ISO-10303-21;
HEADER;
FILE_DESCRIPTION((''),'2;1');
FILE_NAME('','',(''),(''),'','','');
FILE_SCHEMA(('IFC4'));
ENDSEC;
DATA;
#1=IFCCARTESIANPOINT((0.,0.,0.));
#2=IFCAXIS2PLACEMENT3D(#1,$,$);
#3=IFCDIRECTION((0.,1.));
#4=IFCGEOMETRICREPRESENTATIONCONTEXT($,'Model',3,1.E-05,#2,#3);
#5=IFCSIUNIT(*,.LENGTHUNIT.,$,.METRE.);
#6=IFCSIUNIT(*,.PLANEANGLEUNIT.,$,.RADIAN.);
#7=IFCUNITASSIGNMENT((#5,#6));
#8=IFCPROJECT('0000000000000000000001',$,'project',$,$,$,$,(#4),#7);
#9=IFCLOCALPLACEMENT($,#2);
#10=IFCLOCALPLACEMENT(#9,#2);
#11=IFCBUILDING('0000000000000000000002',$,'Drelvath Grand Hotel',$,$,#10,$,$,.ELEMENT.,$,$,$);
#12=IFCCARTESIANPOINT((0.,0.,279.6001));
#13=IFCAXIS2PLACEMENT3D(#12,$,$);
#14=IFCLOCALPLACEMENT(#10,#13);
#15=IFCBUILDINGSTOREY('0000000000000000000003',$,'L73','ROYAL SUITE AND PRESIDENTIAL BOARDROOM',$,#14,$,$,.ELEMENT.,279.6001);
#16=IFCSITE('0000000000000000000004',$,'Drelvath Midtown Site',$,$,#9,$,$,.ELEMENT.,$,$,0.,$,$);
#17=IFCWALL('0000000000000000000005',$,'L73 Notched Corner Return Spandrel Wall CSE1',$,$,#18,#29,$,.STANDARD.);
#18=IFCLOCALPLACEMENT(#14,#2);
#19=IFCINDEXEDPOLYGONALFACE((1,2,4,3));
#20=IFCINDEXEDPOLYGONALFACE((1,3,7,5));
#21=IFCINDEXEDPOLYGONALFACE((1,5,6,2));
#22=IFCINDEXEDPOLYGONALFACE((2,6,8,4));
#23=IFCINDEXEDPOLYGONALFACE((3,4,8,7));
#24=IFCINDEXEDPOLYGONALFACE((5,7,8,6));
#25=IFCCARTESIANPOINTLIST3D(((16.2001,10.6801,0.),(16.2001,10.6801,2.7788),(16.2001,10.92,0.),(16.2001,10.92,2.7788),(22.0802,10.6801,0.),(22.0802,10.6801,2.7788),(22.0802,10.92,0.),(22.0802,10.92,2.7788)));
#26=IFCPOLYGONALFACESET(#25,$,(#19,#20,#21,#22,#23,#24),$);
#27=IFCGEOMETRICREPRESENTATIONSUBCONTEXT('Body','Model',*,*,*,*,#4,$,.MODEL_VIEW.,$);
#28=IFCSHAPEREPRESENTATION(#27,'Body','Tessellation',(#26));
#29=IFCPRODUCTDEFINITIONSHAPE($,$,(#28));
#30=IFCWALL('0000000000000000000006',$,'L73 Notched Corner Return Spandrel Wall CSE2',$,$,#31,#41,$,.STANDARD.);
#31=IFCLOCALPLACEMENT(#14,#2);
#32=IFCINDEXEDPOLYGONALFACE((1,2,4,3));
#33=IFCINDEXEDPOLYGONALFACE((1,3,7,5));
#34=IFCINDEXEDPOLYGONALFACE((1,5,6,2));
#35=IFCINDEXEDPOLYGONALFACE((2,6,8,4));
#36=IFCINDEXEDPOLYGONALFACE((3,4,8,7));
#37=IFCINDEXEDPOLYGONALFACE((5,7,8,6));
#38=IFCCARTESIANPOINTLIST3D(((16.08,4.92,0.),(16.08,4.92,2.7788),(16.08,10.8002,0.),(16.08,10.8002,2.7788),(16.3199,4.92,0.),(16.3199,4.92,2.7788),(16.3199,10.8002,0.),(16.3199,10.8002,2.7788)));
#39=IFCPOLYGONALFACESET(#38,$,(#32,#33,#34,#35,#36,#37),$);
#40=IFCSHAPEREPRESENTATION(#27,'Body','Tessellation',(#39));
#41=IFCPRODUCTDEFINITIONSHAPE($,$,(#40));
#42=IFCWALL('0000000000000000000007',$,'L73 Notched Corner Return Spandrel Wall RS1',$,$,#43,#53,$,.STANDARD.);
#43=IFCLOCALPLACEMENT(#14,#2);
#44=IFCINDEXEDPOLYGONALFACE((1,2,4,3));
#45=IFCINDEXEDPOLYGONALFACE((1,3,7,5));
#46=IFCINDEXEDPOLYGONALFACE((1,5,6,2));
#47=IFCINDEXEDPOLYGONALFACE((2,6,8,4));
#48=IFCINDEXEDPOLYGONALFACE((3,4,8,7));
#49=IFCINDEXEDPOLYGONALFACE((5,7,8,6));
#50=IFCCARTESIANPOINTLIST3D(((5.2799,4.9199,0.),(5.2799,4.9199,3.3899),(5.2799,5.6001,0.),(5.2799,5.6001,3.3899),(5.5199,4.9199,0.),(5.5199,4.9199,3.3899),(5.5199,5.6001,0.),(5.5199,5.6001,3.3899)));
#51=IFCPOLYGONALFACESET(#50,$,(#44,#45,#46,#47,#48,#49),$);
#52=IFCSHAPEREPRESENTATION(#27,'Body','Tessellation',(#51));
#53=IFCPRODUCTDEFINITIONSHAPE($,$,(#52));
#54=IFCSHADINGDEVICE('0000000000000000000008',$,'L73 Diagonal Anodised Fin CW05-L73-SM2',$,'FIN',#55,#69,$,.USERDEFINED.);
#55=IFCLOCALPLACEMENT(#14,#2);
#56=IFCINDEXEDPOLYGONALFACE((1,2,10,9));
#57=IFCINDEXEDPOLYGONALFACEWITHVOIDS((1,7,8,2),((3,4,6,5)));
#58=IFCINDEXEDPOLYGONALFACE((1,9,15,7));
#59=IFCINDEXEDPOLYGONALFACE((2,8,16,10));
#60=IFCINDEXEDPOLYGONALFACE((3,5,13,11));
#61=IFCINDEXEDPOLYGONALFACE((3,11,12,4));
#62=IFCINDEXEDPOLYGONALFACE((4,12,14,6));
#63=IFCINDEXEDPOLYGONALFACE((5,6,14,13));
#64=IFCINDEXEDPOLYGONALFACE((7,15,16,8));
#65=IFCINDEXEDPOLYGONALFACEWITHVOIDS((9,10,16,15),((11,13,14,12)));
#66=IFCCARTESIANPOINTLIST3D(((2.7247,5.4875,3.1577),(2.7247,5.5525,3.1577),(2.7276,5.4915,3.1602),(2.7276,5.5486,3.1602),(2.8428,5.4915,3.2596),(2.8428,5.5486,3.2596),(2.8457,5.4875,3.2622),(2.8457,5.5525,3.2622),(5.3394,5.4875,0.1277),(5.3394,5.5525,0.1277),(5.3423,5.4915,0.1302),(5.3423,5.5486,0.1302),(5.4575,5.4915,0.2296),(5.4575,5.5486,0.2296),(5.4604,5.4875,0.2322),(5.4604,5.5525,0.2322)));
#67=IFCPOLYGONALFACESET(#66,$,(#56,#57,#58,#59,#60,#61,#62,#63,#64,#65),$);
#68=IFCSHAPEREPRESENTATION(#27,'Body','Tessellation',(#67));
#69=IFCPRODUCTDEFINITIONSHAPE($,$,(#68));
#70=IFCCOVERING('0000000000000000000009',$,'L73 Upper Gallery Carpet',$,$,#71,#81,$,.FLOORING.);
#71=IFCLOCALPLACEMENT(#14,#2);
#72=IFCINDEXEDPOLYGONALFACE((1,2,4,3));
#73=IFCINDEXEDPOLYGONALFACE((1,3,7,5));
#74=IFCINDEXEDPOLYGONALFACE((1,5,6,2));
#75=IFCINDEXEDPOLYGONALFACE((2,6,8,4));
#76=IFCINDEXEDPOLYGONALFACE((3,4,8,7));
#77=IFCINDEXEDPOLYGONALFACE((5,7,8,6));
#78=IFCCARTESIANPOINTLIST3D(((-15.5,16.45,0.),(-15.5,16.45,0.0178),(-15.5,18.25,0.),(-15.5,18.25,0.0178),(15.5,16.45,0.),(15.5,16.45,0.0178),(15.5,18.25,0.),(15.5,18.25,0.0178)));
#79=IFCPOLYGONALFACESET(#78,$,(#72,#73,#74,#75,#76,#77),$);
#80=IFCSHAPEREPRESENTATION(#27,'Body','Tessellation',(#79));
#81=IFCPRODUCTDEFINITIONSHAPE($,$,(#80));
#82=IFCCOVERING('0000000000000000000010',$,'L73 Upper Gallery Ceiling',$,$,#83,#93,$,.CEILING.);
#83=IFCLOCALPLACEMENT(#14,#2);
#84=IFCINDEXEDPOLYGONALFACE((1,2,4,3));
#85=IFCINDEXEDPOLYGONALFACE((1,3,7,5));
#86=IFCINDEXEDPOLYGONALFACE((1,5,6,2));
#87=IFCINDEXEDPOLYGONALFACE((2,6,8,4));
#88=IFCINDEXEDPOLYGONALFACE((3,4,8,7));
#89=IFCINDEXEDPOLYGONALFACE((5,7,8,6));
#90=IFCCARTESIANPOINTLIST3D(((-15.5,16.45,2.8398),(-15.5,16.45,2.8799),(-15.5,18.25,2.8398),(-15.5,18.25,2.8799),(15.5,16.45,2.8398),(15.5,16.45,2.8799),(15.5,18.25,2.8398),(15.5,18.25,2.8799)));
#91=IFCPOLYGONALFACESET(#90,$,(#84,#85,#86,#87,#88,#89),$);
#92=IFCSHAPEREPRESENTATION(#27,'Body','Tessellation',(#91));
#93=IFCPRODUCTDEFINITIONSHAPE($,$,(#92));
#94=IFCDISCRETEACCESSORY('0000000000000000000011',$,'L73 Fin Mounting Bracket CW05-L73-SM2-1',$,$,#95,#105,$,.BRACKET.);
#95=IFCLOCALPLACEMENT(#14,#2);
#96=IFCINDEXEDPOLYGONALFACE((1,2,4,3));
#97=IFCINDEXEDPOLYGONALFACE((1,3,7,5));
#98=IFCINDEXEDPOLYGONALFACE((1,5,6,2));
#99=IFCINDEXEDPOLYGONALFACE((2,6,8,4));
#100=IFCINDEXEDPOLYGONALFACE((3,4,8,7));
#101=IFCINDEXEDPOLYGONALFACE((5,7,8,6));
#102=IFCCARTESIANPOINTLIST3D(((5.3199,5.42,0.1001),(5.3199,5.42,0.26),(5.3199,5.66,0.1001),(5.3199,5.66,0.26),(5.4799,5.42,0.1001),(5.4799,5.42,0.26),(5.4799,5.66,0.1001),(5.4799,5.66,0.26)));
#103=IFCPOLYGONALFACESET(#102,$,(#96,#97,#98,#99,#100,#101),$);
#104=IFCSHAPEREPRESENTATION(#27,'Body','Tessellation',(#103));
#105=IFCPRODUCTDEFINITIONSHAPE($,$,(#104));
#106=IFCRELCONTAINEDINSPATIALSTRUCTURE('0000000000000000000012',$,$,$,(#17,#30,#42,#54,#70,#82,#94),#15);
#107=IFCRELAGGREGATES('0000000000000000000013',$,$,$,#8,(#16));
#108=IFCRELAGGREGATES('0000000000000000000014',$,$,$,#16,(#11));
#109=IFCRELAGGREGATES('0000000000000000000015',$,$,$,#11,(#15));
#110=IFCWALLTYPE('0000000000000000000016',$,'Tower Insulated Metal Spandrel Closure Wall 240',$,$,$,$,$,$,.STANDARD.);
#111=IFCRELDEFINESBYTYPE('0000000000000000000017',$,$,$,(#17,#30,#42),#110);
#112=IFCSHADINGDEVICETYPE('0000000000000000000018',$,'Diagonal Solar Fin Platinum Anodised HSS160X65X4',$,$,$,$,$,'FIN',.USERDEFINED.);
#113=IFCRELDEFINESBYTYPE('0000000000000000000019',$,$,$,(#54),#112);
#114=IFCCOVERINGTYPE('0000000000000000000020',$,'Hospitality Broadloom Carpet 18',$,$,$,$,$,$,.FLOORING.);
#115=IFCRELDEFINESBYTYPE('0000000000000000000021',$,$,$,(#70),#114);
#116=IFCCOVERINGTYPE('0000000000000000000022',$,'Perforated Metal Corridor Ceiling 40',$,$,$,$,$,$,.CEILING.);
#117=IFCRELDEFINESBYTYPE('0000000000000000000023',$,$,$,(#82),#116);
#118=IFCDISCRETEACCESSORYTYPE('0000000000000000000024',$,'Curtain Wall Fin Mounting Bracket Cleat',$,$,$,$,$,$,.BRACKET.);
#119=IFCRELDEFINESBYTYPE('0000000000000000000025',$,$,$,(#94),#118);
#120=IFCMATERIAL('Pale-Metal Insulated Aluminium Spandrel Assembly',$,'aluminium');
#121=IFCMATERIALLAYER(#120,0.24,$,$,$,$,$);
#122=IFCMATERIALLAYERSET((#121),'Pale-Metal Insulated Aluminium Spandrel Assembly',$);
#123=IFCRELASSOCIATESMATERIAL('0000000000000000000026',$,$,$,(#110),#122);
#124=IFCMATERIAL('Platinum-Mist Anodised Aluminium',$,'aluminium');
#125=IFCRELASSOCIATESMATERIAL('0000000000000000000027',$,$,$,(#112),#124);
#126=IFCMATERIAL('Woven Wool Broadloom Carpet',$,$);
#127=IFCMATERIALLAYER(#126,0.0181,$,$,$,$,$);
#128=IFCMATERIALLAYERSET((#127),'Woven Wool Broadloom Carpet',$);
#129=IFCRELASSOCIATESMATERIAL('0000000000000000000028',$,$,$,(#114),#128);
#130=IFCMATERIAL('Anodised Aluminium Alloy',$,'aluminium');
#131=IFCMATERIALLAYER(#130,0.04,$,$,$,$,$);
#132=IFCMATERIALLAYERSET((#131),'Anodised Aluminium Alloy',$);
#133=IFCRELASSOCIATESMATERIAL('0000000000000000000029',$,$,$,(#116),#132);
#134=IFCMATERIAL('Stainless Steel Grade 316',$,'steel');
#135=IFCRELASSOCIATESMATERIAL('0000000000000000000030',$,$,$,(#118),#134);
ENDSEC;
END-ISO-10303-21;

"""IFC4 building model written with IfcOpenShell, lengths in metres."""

from ifc_helpers import new_model, si_unit, direction, frame, frame_2d, origin, origin_2d, place, context, subcontext, project, spatial, polyline, rectangle, hollow_rectangle, outline, extrude, material, layer, layer_set, material_profile, profile_set, type_object, element, save


model = new_model("IFC4")

# Units and contexts
model_context = context("Model", 3, precision=1e-05, world=origin(), true_north=direction((0.0, 1.0)))
body_context = subcontext(model_context, "Body", "Model", "MODEL_VIEW")
ifc_project = project(units=[si_unit("LENGTHUNIT", "METRE"), si_unit("PLANEANGLEUNIT", "RADIAN")], contexts=[model_context])

# Site, building, storey
site_placement = place(None, origin())
site = spatial("IfcSite", under=ifc_project, at=site_placement, Name="Drelvath Midtown Site", CompositionType="ELEMENT", RefElevation=0.0)
building_placement = place(site_placement, origin())
building = spatial("IfcBuilding", under=site, at=building_placement, Name="Drelvath Grand Hotel", CompositionType="ELEMENT")
storey_placement = place(building_placement, frame((0.0, 0.0, 279.6001)))
storey = spatial("IfcBuildingStorey", under=building, at=storey_placement, Name="L73", Description="ROYAL SUITE AND PRESIDENTIAL BOARDROOM", CompositionType="ELEMENT", Elevation=279.6001)

# Walls
ifc_material_1 = material(Name="Pale-Metal Insulated Aluminium Spandrel Assembly", Category="aluminium")
ifc_layer_1 = layer(ifc_material_1, 0.24)
ifc_layer_set_1 = layer_set([ifc_layer_1], Name="Pale-Metal Insulated Aluminium Spandrel Assembly")
wall_type_1 = type_object("IfcWallType", Name="Tower Insulated Metal Spandrel Closure Wall 240", PredefinedType="STANDARD", material=ifc_layer_set_1)
for number, where, z_axis, x_axis, name in (
    (1, (22.0801, 10.8, 0.0), (0.0, 0.0, 1.0), (-1.0, 0.0, 0.0), "L73 Notched Corner Return Spandrel Wall CSE1"),
    (2, (16.2, 10.8, 0.0), (0.0, 0.0, 1.0), (0.0, -1.0, 0.0), "L73 Notched Corner Return Spandrel Wall CSE2"),
):
    element("IfcWall", number, at=place(storey_placement, frame(where, z_axis=z_axis, x_axis=x_axis)), inside=storey, type_object=wall_type_1, Name=name, PredefinedType="STANDARD", context=body_context, shape_type="SweptSolid", body=[
        extrude(rectangle(XDim=5.8801, YDim=0.24, at=frame_2d((2.9399, 0.0))), origin(), (0.0, 0.0, 1.0), 2.7788),
    ])
wall_1_placement = place(storey_placement, frame((5.3999, 4.9199, 0.0), z_axis=(0.0, 0.0, 1.0), x_axis=(0.0, 1.0, 0.0)))
element("IfcWall", 3, at=wall_1_placement, inside=storey, type_object=wall_type_1, Name="L73 Notched Corner Return Spandrel Wall RS1", PredefinedType="STANDARD", context=body_context, shape_type="SweptSolid", body=[
    extrude(rectangle(XDim=0.6802, YDim=0.24, at=frame_2d((0.3401, 0.0))), origin(), (0.0, 0.0, 1.0), 3.3899),
])

# Shading device
ifc_material_2 = material(Name="Platinum-Mist Anodised Aluminium", Category="aluminium")
ifc_material_profile_1 = material_profile(ifc_material_2, hollow_rectangle(XDim=0.0649, YDim=0.1599, WallThickness=0.0039, at=origin_2d()), Name="HSS160X65X4")
ifc_profile_set_1 = profile_set([ifc_material_profile_1], Name="Platinum-Mist Anodised Aluminium")
shading_device_type = type_object("IfcShadingDeviceType", Name="Diagonal Solar Fin Platinum Anodised HSS160X65X4", ElementType="FIN", PredefinedType="USERDEFINED", material=ifc_profile_set_1)
shading_device_placement = place(storey_placement, frame((5.3999, 5.52, 0.1799), z_axis=(-0.65332, 0.0, 0.757082), x_axis=(0.0, -1.0, 0.0)))
element("IfcShadingDevice", 4, at=shading_device_placement, inside=storey, type_object=shading_device_type, Name="L73 Diagonal Anodised Fin CW05-L73-SM2", ObjectType="FIN", PredefinedType="USERDEFINED", context=body_context, shape_type="SweptSolid", body=[
    extrude(hollow_rectangle(XDim=0.0649, YDim=0.1599, WallThickness=0.0039, at=origin_2d()), origin(), (0.0, 0.0, 1.0), 4.0022),
])

# Coverings
ifc_material_3 = material(Name="Woven Wool Broadloom Carpet")
ifc_layer_2 = layer(ifc_material_3, 0.0181)
ifc_layer_set_2 = layer_set([ifc_layer_2], Name="Woven Wool Broadloom Carpet")
covering_type_1 = type_object("IfcCoveringType", Name="Hospitality Broadloom Carpet 18", PredefinedType="FLOORING", material=ifc_layer_set_2)
covering_1_placement = place(storey_placement, origin())
element("IfcCovering", 5, at=covering_1_placement, inside=storey, type_object=covering_type_1, Name="L73 Upper Gallery Carpet", PredefinedType="FLOORING", context=body_context, shape_type="SweptSolid", body=[
    extrude(outline(polyline([(15.5, 16.45), (15.5, 18.25), (-15.5, 18.25), (-15.5, 16.45), (15.5, 16.45)])), origin(), (0.0, 0.0, 1.0), 0.0178),
])
ifc_material_4 = material(Name="Anodised Aluminium Alloy", Category="aluminium")
ifc_layer_3 = layer(ifc_material_4, 0.04)
ifc_layer_set_3 = layer_set([ifc_layer_3], Name="Anodised Aluminium Alloy")
covering_type_2 = type_object("IfcCoveringType", Name="Perforated Metal Corridor Ceiling 40", PredefinedType="CEILING", material=ifc_layer_set_3)
covering_2_placement = place(storey_placement, frame((0.0, 0.0, 2.8398)))
element("IfcCovering", 6, at=covering_2_placement, inside=storey, type_object=covering_type_2, Name="L73 Upper Gallery Ceiling", PredefinedType="CEILING", context=body_context, shape_type="SweptSolid", body=[
    extrude(outline(polyline([(15.5, 16.45), (15.5, 18.25), (-15.5, 18.25), (-15.5, 16.45), (15.5, 16.45)])), origin(), (0.0, 0.0, 1.0), 0.04),
])

# Discrete accessory
ifc_material_5 = material(Name="Stainless Steel Grade 316", Category="steel")
discrete_accessory_type = type_object("IfcDiscreteAccessoryType", Name="Curtain Wall Fin Mounting Bracket Cleat", PredefinedType="BRACKET", material=ifc_material_5)
discrete_accessory_placement = place(storey_placement, frame((5.3999, 5.54, 0.1001), z_axis=(0.0, 0.0, 1.0), x_axis=(-1.0, 0.0, 0.0)))
element("IfcDiscreteAccessory", 7, at=discrete_accessory_placement, inside=storey, type_object=discrete_accessory_type, Name="L73 Fin Mounting Bracket CW05-L73-SM2-1", PredefinedType="BRACKET", context=body_context, shape_type="SweptSolid", body=[
    extrude(rectangle(XDim=0.1599, YDim=0.24, at=origin_2d()), origin(), (0.0, 0.0, 1.0), 0.1599),
])

save(model, "model.ifc")
